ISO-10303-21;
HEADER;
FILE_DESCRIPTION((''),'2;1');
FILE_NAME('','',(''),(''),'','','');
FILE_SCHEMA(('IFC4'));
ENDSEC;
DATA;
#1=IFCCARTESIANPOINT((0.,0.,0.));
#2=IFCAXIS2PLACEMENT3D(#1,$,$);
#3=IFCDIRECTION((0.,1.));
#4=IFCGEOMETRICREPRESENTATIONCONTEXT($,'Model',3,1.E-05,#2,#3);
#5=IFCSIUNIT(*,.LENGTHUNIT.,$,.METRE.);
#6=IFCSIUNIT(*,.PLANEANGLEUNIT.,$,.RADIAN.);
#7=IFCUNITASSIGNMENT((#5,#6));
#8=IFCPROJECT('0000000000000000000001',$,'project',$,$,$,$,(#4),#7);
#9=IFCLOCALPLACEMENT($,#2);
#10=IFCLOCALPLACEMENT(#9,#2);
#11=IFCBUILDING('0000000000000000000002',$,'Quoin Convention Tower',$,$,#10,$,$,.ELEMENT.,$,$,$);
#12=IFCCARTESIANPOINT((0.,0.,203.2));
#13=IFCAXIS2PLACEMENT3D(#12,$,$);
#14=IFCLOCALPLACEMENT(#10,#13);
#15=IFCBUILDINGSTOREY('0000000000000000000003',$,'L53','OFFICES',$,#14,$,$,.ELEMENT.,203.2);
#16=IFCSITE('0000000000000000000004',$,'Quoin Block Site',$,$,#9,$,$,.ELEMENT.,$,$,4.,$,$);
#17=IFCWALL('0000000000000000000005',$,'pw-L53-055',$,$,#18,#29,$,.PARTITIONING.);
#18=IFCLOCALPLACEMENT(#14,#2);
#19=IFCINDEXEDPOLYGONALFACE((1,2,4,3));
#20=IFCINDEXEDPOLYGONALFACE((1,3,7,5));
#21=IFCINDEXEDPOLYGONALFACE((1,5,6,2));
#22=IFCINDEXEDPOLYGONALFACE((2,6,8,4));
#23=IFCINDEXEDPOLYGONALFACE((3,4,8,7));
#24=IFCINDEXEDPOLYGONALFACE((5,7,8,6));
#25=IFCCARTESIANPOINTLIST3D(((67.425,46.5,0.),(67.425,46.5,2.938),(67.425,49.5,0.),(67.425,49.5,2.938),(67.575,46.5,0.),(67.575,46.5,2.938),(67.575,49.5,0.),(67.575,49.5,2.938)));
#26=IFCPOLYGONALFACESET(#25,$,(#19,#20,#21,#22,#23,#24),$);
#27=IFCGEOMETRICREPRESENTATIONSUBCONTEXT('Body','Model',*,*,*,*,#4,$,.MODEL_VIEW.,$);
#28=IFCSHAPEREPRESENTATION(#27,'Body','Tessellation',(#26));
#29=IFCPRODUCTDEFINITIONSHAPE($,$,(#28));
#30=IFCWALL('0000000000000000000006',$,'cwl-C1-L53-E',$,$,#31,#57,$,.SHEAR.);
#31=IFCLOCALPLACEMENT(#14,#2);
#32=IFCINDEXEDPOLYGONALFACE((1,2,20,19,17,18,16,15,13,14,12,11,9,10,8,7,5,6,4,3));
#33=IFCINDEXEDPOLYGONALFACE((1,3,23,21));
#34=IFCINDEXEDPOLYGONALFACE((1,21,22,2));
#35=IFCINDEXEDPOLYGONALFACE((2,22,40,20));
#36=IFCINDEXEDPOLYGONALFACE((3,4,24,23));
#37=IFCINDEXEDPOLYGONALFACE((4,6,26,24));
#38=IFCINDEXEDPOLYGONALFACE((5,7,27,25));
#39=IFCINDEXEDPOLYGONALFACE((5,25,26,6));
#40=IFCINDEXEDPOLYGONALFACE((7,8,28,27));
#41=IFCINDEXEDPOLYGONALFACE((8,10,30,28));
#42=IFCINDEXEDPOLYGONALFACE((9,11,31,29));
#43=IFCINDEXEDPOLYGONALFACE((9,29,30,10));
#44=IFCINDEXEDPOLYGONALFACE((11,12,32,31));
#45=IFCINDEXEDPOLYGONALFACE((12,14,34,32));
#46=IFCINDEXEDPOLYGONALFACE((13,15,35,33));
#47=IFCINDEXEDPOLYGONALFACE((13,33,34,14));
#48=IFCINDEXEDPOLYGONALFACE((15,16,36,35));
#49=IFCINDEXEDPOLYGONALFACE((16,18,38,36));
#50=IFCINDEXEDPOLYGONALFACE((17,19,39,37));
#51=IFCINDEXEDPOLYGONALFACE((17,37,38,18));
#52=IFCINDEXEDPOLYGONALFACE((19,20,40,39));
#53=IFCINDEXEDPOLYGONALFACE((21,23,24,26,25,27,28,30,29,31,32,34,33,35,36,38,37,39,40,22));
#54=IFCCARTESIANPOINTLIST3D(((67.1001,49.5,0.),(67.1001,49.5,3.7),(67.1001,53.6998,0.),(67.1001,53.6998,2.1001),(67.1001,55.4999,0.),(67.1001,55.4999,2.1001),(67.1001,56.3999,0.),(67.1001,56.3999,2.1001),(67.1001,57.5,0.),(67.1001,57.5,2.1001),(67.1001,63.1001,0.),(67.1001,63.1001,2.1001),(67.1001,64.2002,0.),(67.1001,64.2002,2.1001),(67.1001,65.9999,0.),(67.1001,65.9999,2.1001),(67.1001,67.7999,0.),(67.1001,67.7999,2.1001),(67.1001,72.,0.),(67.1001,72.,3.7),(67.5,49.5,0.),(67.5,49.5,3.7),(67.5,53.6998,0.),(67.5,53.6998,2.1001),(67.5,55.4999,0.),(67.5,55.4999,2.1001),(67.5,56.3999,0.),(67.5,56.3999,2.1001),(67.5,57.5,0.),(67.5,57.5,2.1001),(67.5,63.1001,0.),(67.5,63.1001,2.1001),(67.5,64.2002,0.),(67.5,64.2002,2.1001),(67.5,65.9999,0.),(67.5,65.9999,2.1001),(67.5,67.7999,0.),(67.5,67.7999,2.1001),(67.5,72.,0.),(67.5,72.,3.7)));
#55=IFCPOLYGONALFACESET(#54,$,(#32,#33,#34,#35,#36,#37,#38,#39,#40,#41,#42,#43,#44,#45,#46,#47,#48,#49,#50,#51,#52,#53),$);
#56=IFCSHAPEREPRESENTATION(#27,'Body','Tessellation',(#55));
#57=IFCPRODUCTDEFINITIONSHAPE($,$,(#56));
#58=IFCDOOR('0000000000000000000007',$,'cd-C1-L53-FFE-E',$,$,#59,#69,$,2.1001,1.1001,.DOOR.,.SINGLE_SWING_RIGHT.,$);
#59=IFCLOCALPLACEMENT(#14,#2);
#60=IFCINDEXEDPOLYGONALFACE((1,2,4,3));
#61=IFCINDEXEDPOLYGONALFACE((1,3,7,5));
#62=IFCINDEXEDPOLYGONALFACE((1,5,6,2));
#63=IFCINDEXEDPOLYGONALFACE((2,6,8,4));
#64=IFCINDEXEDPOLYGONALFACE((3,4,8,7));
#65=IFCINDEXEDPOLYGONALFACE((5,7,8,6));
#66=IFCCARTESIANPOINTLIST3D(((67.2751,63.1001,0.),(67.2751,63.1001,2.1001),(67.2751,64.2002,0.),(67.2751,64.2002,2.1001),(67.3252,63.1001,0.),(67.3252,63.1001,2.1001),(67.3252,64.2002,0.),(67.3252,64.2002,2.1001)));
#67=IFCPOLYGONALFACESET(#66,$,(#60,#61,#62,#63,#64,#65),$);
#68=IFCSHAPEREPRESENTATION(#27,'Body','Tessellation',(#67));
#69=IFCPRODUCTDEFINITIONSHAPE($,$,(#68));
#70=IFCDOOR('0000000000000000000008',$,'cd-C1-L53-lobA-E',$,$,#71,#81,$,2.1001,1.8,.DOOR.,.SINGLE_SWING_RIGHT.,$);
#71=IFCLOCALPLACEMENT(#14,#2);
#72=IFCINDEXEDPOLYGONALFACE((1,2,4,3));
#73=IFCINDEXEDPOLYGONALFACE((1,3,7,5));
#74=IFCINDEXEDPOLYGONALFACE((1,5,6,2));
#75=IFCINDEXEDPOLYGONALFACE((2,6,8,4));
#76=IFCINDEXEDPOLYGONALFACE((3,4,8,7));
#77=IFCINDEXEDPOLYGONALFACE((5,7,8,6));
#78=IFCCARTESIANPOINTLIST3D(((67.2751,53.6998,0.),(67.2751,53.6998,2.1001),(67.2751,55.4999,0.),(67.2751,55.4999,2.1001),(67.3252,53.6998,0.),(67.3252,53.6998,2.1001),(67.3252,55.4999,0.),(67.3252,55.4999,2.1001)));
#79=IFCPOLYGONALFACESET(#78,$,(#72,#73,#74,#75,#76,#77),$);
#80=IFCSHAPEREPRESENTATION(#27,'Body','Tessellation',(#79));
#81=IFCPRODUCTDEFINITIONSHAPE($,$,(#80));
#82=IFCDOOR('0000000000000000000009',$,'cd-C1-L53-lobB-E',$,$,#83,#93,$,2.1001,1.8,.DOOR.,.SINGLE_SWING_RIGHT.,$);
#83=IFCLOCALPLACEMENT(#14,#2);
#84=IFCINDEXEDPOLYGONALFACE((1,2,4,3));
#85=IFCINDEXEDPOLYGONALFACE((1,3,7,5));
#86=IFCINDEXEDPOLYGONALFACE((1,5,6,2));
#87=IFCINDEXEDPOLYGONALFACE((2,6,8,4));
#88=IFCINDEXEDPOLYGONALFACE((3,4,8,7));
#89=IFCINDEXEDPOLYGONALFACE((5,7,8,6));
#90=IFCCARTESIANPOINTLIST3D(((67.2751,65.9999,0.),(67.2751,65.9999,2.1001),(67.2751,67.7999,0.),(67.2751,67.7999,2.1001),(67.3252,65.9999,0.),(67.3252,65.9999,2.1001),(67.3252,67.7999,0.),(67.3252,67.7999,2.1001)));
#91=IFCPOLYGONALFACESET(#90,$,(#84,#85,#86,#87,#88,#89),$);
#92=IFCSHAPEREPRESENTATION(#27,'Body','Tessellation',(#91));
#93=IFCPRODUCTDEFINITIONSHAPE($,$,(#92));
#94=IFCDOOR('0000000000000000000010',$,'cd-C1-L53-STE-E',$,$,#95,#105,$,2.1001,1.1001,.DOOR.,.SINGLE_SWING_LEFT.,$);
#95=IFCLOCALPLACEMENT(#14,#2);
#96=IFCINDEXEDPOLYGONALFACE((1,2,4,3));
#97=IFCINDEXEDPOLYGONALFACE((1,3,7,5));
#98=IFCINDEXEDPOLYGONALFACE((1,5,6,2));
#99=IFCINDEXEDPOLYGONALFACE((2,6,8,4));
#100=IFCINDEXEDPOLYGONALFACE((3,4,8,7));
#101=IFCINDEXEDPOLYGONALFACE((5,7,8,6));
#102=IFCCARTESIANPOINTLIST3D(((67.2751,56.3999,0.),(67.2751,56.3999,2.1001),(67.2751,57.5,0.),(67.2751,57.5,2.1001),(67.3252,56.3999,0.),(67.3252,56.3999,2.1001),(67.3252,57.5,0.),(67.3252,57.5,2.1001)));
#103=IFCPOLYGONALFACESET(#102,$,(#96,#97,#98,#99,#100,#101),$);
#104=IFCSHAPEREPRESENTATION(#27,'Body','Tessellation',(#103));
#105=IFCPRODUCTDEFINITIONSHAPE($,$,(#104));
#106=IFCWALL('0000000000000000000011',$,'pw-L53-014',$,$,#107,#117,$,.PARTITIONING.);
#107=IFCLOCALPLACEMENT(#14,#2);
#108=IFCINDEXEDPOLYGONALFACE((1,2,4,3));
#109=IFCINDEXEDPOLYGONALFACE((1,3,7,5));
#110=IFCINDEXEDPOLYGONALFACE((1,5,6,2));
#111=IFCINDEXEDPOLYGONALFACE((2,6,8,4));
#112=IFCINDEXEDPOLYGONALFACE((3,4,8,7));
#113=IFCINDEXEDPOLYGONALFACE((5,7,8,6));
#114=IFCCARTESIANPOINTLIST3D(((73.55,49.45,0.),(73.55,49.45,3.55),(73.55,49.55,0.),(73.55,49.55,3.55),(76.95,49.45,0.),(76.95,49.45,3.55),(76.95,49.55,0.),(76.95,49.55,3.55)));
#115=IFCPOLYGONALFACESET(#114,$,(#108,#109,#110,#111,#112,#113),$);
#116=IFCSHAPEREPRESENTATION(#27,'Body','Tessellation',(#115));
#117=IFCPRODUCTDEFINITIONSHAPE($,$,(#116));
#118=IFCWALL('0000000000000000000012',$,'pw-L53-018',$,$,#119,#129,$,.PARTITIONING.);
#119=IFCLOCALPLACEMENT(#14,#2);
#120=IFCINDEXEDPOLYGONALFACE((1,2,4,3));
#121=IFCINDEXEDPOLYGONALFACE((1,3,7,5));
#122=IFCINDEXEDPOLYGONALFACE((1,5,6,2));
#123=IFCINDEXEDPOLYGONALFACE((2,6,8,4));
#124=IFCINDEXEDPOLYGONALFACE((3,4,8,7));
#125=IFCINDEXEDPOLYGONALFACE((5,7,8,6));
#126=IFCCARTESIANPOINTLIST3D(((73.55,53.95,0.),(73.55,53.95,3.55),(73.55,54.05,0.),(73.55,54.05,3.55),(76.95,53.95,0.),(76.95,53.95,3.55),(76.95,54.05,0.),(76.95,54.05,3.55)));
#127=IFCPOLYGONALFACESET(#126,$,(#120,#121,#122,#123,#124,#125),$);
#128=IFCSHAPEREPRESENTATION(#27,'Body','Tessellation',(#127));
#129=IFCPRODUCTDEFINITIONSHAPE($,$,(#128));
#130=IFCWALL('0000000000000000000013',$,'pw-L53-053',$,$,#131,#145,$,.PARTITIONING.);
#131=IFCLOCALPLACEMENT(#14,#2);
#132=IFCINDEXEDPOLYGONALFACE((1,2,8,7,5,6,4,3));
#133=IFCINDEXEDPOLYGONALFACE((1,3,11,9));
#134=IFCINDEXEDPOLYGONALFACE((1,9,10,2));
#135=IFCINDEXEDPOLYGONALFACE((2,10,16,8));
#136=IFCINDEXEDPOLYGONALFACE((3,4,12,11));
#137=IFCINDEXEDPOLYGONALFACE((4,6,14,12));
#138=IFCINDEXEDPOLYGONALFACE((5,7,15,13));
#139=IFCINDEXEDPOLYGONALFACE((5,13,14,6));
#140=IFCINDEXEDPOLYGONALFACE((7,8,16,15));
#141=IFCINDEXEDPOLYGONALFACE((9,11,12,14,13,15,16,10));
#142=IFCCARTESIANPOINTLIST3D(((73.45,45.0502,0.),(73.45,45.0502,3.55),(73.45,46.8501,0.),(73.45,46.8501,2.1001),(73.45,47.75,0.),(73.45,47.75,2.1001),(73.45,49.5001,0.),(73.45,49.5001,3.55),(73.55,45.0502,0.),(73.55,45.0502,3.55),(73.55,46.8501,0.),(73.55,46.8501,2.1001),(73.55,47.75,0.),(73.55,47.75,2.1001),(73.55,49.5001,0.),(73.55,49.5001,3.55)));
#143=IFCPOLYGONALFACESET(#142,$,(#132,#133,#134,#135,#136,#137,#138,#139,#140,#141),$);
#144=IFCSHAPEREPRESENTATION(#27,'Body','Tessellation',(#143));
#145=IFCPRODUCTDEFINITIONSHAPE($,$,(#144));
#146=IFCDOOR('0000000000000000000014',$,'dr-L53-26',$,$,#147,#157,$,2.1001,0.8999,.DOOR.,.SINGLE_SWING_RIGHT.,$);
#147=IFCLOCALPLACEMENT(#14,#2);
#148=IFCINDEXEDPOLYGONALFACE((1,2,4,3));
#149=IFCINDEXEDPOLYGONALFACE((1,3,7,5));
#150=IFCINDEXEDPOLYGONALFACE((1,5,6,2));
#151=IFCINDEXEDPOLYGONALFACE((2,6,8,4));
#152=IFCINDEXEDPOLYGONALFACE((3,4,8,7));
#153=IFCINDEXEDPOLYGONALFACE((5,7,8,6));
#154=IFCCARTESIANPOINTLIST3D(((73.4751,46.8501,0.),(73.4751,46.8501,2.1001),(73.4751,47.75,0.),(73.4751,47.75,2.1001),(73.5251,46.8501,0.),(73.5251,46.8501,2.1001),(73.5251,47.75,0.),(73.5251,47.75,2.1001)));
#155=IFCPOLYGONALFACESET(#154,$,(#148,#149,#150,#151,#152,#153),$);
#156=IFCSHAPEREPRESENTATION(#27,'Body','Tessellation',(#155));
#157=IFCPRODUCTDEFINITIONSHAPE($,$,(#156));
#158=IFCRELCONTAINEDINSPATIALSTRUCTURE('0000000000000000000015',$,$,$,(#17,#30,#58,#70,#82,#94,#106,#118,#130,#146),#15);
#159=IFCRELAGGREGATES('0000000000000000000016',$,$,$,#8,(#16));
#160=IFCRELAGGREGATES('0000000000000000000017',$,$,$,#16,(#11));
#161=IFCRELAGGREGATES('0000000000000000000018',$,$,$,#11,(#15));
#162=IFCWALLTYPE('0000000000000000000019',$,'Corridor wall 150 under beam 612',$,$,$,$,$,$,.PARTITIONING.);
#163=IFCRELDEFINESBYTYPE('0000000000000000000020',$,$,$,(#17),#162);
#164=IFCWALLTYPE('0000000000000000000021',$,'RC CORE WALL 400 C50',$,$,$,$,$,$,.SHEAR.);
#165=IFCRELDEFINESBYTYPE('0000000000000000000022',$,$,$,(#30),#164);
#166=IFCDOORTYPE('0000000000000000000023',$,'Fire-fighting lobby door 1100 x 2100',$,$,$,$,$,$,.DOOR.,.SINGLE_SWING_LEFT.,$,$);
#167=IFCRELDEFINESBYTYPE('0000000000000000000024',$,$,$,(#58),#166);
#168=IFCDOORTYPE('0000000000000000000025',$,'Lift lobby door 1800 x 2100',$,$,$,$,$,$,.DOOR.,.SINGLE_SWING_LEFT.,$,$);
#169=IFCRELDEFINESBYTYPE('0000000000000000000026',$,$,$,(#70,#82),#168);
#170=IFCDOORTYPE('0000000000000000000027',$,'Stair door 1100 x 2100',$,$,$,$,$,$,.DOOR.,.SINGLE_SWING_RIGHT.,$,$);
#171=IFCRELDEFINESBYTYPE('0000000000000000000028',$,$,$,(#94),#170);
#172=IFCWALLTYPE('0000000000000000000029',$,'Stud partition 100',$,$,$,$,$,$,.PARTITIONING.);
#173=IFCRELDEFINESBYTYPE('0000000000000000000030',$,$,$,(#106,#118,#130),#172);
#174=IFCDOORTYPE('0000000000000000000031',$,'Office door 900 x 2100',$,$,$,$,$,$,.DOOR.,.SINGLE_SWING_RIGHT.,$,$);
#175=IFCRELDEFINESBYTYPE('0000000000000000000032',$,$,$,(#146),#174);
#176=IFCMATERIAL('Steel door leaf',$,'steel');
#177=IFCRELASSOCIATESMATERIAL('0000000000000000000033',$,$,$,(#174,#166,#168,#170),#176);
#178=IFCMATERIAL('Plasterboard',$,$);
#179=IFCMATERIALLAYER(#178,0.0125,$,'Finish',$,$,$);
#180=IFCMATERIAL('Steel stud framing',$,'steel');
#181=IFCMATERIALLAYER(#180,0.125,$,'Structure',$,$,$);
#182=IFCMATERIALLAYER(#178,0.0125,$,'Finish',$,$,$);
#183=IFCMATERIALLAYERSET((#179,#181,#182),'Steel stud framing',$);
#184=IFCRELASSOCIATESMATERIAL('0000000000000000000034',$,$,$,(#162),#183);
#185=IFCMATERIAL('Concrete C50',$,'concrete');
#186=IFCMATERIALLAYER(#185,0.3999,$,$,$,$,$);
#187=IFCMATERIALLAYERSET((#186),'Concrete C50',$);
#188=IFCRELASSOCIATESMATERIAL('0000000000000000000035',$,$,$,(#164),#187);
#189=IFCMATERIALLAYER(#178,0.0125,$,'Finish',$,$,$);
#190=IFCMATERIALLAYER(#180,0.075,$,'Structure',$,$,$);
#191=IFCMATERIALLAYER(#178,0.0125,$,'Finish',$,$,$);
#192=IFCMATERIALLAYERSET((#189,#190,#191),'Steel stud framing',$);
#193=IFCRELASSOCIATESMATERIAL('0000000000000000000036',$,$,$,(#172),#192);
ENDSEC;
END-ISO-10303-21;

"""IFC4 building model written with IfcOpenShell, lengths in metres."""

from ifc_helpers import new_model, si_unit, direction, frame, frame_2d, origin, place, context, subcontext, project, spatial, rectangle, extrude, material, layer, layer_set, type_object, element, fill, save


model = new_model("IFC4")

# Units and contexts
model_context = context("Model", 3, precision=1e-05, world=origin(), true_north=direction((0.0, 1.0)))
body_context = subcontext(model_context, "Body", "Model", "MODEL_VIEW")
ifc_project = project(units=[si_unit("LENGTHUNIT", "METRE"), si_unit("PLANEANGLEUNIT", "RADIAN")], contexts=[model_context])

# Site, building, storey
site_placement = place(None, origin())
site = spatial("IfcSite", under=ifc_project, at=site_placement, Name="Quoin Block Site", CompositionType="ELEMENT", RefElevation=4.0)
building_placement = place(site_placement, origin())
building = spatial("IfcBuilding", under=site, at=building_placement, Name="Quoin Convention Tower", CompositionType="ELEMENT")
storey_placement = place(building_placement, frame((0.0, 0.0, 203.2)))
storey = spatial("IfcBuildingStorey", under=building, at=storey_placement, Name="L53", Description="OFFICES", CompositionType="ELEMENT", Elevation=203.2)

# Shared definitions
ifc_material_1 = material(Name="Concrete C50", Category="concrete")

# Shared definitions
ifc_material_2 = material(Name="Plasterboard")
ifc_material_3 = material(Name="Steel stud framing", Category="steel")
ifc_material_4 = material(Name="Steel door leaf", Category="steel")
door_type_1 = type_object("IfcDoorType", Name="Office door 900 x 2100", OperationType="SINGLE_SWING_RIGHT", PredefinedType="DOOR", material=ifc_material_4)

# Wall
ifc_layer_1 = layer(ifc_material_2, 0.0125, Name="Finish")
ifc_layer_2 = layer(ifc_material_3, 0.125, Name="Structure")
ifc_layer_3 = layer(ifc_material_2, 0.0125, Name="Finish")
ifc_layer_set_1 = layer_set([ifc_layer_1, ifc_layer_2, ifc_layer_3], Name="Steel stud framing")
wall_type_1 = type_object("IfcWallType", Name="Corridor wall 150 under beam 612", PredefinedType="PARTITIONING", material=ifc_layer_set_1)
wall_1_placement = place(storey_placement, frame((67.5, 46.5, 0.0), z_axis=(0.0, 0.0, 1.0), x_axis=(0.0, 1.0, 0.0)))
element("IfcWall", 1, at=wall_1_placement, inside=storey, type_object=wall_type_1, Name="pw-L53-055", PredefinedType="PARTITIONING", context=body_context, shape_type="SweptSolid", body=[
    extrude(rectangle(XDim=3.0, YDim=0.1499, at=frame_2d((1.5, 0.0))), origin(), (0.0, 0.0, 1.0), 2.938),
])

# Wall, openings, doors
ifc_layer_4 = layer(ifc_material_1, 0.3999)
ifc_layer_set_2 = layer_set([ifc_layer_4], Name="Concrete C50")
wall_type_2 = type_object("IfcWallType", Name="RC CORE WALL 400 C50", PredefinedType="SHEAR", material=ifc_layer_set_2)
wall_2_placement = place(storey_placement, frame((67.3, 49.5, 0.0), z_axis=(0.0, 0.0, 1.0), x_axis=(0.0, 1.0, 0.0)))
wall_2 = element("IfcWall", 2, at=wall_2_placement, inside=storey, type_object=wall_type_2, Name="cwl-C1-L53-E", PredefinedType="SHEAR", context=body_context, shape_type="SweptSolid", body=[
    extrude(rectangle(XDim=22.5, YDim=0.3999, at=frame_2d((11.25, 0.0))), origin(), (0.0, 0.0, 1.0), 3.7),
])
opening_1_placement = place(wall_2_placement, frame((4.2, 0.0, 0.0)))
opening_1 = element("IfcOpeningElement", 3, at=opening_1_placement, cuts=wall_2, PredefinedType="OPENING", context=body_context, shape_type="SweptSolid", body=[
    extrude(rectangle(XDim=1.8, YDim=2.1001, at=frame_2d((0.8999, 1.05))), frame((0.0, 0.21, 0.0), z_axis=(0.0, -1.0, 0.0), x_axis=(1.0, 0.0, 0.0)), (0.0, 0.0, 1.0), 0.4199),
])
opening_2_placement = place(wall_2_placement, frame((6.8999, 0.0, 0.0)))
opening_2 = element("IfcOpeningElement", 4, at=opening_2_placement, cuts=wall_2, PredefinedType="OPENING", context=body_context, shape_type="SweptSolid", body=[
    extrude(rectangle(XDim=1.1001, YDim=2.1001, at=frame_2d((0.55, 1.05))), frame((0.0, 0.21, 0.0), z_axis=(0.0, -1.0, 0.0), x_axis=(1.0, 0.0, 0.0)), (0.0, 0.0, 1.0), 0.4199),
])
opening_3_placement = place(wall_2_placement, frame((13.6001, 0.0, 0.0)))
opening_3 = element("IfcOpeningElement", 5, at=opening_3_placement, cuts=wall_2, PredefinedType="OPENING", context=body_context, shape_type="SweptSolid", body=[
    extrude(rectangle(XDim=1.1001, YDim=2.1001, at=frame_2d((0.55, 1.05))), frame((0.0, 0.21, 0.0), z_axis=(0.0, -1.0, 0.0), x_axis=(1.0, 0.0, 0.0)), (0.0, 0.0, 1.0), 0.4199),
])
opening_4_placement = place(wall_2_placement, frame((16.5, 0.0, 0.0)))
opening_4 = element("IfcOpeningElement", 6, at=opening_4_placement, cuts=wall_2, PredefinedType="OPENING", context=body_context, shape_type="SweptSolid", body=[
    extrude(rectangle(XDim=1.8, YDim=2.1001, at=frame_2d((0.8999, 1.05))), frame((0.0, 0.21, 0.0), z_axis=(0.0, -1.0, 0.0), x_axis=(1.0, 0.0, 0.0)), (0.0, 0.0, 1.0), 0.4199),
])
door_type_2 = type_object("IfcDoorType", Name="Fire-fighting lobby door 1100 x 2100", OperationType="SINGLE_SWING_LEFT", PredefinedType="DOOR", material=ifc_material_4)
door_1_placement = place(opening_3_placement, origin())
door_1 = element("IfcDoor", 7, at=door_1_placement, inside=storey, type_object=door_type_2, Name="cd-C1-L53-FFE-E", OperationType="SINGLE_SWING_RIGHT", OverallHeight=2.1001, OverallWidth=1.1001, PredefinedType="DOOR", context=body_context, shape_type="SweptSolid", body=[
    extrude(rectangle(XDim=1.1001, YDim=2.1001, at=frame_2d((0.55, 1.05))), frame((0.0, 0.0249, 0.0), z_axis=(0.0, -1.0, 0.0), x_axis=(1.0, 0.0, 0.0)), (0.0, 0.0, 1.0), 0.05),
])
fill(opening_3, door_1)
door_type_3 = type_object("IfcDoorType", Name="Lift lobby door 1800 x 2100", OperationType="SINGLE_SWING_LEFT", PredefinedType="DOOR", material=ifc_material_4)
door_2_placement = place(opening_1_placement, origin())
door_2 = element("IfcDoor", 8, at=door_2_placement, inside=storey, type_object=door_type_3, Name="cd-C1-L53-lobA-E", OperationType="SINGLE_SWING_RIGHT", OverallHeight=2.1001, OverallWidth=1.8, PredefinedType="DOOR", context=body_context, shape_type="SweptSolid", body=[
    extrude(rectangle(XDim=1.8, YDim=2.1001, at=frame_2d((0.8999, 1.05))), frame((0.0, 0.0249, 0.0), z_axis=(0.0, -1.0, 0.0), x_axis=(1.0, 0.0, 0.0)), (0.0, 0.0, 1.0), 0.05),
])
fill(opening_1, door_2)
door_3_placement = place(opening_4_placement, origin())
door_3 = element("IfcDoor", 9, at=door_3_placement, inside=storey, type_object=door_type_3, Name="cd-C1-L53-lobB-E", OperationType="SINGLE_SWING_RIGHT", OverallHeight=2.1001, OverallWidth=1.8, PredefinedType="DOOR", context=body_context, shape_type="SweptSolid", body=[
    extrude(rectangle(XDim=1.8, YDim=2.1001, at=frame_2d((0.8999, 1.05))), frame((0.0, 0.0249, 0.0), z_axis=(0.0, -1.0, 0.0), x_axis=(1.0, 0.0, 0.0)), (0.0, 0.0, 1.0), 0.05),
])
fill(opening_4, door_3)
door_type_4 = type_object("IfcDoorType", Name="Stair door 1100 x 2100", OperationType="SINGLE_SWING_RIGHT", PredefinedType="DOOR", material=ifc_material_4)
door_4_placement = place(opening_2_placement, origin())
door_4 = element("IfcDoor", 10, at=door_4_placement, inside=storey, type_object=door_type_4, Name="cd-C1-L53-STE-E", OperationType="SINGLE_SWING_LEFT", OverallHeight=2.1001, OverallWidth=1.1001, PredefinedType="DOOR", context=body_context, shape_type="SweptSolid", body=[
    extrude(rectangle(XDim=1.1001, YDim=2.1001, at=frame_2d((0.55, 1.05))), frame((0.0, 0.0249, 0.0), z_axis=(0.0, -1.0, 0.0), x_axis=(1.0, 0.0, 0.0)), (0.0, 0.0, 1.0), 0.05),
])
fill(opening_2, door_4)

# Walls
ifc_layer_5 = layer(ifc_material_2, 0.0125, Name="Finish")
ifc_layer_6 = layer(ifc_material_3, 0.075, Name="Structure")
ifc_layer_7 = layer(ifc_material_2, 0.0125, Name="Finish")
ifc_layer_set_3 = layer_set([ifc_layer_5, ifc_layer_6, ifc_layer_7], Name="Steel stud framing")
wall_type_3 = type_object("IfcWallType", Name="Stud partition 100", PredefinedType="PARTITIONING", material=ifc_layer_set_3)
for number, where, z_axis, x_axis, name in (
    (11, (73.55, 49.5, 0.0), (0.0, 0.0, 1.0), (1.0, 0.0, 0.0), "pw-L53-014"),
    (12, (73.55, 54.0, 0.0), (0.0, 0.0, 1.0), (1.0, 0.0, 0.0), "pw-L53-018"),
):
    element("IfcWall", number, at=place(storey_placement, frame(where, z_axis=z_axis, x_axis=x_axis)), inside=storey, type_object=wall_type_3, Name=name, PredefinedType="PARTITIONING", context=body_context, shape_type="SweptSolid", body=[
        extrude(rectangle(XDim=3.3999, YDim=0.1001, at=frame_2d((1.7, 0.0))), origin(), (0.0, 0.0, 1.0), 3.55),
    ])

# Wall, opening, door
wall_3_placement = place(storey_placement, frame((73.5, 45.05, 0.0), z_axis=(0.0, 0.0, 1.0), x_axis=(0.0, 1.0, 0.0)))
wall_3 = element("IfcWall", 13, at=wall_3_placement, inside=storey, type_object=wall_type_3, Name="pw-L53-053", PredefinedType="PARTITIONING", context=body_context, shape_type="SweptSolid", body=[
    extrude(rectangle(XDim=4.45, YDim=0.1001, at=frame_2d((2.2251, 0.0))), origin(), (0.0, 0.0, 1.0), 3.55),
])
opening_5_placement = place(wall_3_placement, frame((1.8, 0.0, 0.0)))
opening_5 = element("IfcOpeningElement", 14, at=opening_5_placement, cuts=wall_3, PredefinedType="OPENING", context=body_context, shape_type="SweptSolid", body=[
    extrude(rectangle(XDim=0.8999, YDim=2.1001, at=frame_2d((0.45, 1.05))), frame((0.0, 0.0601, 0.0), z_axis=(0.0, -1.0, 0.0), x_axis=(1.0, 0.0, 0.0)), (0.0, 0.0, 1.0), 0.1201),
])
door_5_placement = place(opening_5_placement, origin())
door_5 = element("IfcDoor", 15, at=door_5_placement, inside=storey, type_object=door_type_1, Name="dr-L53-26", OperationType="SINGLE_SWING_RIGHT", OverallHeight=2.1001, OverallWidth=0.8999, PredefinedType="DOOR", context=body_context, shape_type="SweptSolid", body=[
    extrude(rectangle(XDim=0.8999, YDim=2.1001, at=frame_2d((0.45, 1.05))), frame((0.0, 0.0249, 0.0), z_axis=(0.0, -1.0, 0.0), x_axis=(1.0, 0.0, 0.0)), (0.0, 0.0, 1.0), 0.05),
])
fill(opening_5, door_5)

save(model, "model.ifc")
